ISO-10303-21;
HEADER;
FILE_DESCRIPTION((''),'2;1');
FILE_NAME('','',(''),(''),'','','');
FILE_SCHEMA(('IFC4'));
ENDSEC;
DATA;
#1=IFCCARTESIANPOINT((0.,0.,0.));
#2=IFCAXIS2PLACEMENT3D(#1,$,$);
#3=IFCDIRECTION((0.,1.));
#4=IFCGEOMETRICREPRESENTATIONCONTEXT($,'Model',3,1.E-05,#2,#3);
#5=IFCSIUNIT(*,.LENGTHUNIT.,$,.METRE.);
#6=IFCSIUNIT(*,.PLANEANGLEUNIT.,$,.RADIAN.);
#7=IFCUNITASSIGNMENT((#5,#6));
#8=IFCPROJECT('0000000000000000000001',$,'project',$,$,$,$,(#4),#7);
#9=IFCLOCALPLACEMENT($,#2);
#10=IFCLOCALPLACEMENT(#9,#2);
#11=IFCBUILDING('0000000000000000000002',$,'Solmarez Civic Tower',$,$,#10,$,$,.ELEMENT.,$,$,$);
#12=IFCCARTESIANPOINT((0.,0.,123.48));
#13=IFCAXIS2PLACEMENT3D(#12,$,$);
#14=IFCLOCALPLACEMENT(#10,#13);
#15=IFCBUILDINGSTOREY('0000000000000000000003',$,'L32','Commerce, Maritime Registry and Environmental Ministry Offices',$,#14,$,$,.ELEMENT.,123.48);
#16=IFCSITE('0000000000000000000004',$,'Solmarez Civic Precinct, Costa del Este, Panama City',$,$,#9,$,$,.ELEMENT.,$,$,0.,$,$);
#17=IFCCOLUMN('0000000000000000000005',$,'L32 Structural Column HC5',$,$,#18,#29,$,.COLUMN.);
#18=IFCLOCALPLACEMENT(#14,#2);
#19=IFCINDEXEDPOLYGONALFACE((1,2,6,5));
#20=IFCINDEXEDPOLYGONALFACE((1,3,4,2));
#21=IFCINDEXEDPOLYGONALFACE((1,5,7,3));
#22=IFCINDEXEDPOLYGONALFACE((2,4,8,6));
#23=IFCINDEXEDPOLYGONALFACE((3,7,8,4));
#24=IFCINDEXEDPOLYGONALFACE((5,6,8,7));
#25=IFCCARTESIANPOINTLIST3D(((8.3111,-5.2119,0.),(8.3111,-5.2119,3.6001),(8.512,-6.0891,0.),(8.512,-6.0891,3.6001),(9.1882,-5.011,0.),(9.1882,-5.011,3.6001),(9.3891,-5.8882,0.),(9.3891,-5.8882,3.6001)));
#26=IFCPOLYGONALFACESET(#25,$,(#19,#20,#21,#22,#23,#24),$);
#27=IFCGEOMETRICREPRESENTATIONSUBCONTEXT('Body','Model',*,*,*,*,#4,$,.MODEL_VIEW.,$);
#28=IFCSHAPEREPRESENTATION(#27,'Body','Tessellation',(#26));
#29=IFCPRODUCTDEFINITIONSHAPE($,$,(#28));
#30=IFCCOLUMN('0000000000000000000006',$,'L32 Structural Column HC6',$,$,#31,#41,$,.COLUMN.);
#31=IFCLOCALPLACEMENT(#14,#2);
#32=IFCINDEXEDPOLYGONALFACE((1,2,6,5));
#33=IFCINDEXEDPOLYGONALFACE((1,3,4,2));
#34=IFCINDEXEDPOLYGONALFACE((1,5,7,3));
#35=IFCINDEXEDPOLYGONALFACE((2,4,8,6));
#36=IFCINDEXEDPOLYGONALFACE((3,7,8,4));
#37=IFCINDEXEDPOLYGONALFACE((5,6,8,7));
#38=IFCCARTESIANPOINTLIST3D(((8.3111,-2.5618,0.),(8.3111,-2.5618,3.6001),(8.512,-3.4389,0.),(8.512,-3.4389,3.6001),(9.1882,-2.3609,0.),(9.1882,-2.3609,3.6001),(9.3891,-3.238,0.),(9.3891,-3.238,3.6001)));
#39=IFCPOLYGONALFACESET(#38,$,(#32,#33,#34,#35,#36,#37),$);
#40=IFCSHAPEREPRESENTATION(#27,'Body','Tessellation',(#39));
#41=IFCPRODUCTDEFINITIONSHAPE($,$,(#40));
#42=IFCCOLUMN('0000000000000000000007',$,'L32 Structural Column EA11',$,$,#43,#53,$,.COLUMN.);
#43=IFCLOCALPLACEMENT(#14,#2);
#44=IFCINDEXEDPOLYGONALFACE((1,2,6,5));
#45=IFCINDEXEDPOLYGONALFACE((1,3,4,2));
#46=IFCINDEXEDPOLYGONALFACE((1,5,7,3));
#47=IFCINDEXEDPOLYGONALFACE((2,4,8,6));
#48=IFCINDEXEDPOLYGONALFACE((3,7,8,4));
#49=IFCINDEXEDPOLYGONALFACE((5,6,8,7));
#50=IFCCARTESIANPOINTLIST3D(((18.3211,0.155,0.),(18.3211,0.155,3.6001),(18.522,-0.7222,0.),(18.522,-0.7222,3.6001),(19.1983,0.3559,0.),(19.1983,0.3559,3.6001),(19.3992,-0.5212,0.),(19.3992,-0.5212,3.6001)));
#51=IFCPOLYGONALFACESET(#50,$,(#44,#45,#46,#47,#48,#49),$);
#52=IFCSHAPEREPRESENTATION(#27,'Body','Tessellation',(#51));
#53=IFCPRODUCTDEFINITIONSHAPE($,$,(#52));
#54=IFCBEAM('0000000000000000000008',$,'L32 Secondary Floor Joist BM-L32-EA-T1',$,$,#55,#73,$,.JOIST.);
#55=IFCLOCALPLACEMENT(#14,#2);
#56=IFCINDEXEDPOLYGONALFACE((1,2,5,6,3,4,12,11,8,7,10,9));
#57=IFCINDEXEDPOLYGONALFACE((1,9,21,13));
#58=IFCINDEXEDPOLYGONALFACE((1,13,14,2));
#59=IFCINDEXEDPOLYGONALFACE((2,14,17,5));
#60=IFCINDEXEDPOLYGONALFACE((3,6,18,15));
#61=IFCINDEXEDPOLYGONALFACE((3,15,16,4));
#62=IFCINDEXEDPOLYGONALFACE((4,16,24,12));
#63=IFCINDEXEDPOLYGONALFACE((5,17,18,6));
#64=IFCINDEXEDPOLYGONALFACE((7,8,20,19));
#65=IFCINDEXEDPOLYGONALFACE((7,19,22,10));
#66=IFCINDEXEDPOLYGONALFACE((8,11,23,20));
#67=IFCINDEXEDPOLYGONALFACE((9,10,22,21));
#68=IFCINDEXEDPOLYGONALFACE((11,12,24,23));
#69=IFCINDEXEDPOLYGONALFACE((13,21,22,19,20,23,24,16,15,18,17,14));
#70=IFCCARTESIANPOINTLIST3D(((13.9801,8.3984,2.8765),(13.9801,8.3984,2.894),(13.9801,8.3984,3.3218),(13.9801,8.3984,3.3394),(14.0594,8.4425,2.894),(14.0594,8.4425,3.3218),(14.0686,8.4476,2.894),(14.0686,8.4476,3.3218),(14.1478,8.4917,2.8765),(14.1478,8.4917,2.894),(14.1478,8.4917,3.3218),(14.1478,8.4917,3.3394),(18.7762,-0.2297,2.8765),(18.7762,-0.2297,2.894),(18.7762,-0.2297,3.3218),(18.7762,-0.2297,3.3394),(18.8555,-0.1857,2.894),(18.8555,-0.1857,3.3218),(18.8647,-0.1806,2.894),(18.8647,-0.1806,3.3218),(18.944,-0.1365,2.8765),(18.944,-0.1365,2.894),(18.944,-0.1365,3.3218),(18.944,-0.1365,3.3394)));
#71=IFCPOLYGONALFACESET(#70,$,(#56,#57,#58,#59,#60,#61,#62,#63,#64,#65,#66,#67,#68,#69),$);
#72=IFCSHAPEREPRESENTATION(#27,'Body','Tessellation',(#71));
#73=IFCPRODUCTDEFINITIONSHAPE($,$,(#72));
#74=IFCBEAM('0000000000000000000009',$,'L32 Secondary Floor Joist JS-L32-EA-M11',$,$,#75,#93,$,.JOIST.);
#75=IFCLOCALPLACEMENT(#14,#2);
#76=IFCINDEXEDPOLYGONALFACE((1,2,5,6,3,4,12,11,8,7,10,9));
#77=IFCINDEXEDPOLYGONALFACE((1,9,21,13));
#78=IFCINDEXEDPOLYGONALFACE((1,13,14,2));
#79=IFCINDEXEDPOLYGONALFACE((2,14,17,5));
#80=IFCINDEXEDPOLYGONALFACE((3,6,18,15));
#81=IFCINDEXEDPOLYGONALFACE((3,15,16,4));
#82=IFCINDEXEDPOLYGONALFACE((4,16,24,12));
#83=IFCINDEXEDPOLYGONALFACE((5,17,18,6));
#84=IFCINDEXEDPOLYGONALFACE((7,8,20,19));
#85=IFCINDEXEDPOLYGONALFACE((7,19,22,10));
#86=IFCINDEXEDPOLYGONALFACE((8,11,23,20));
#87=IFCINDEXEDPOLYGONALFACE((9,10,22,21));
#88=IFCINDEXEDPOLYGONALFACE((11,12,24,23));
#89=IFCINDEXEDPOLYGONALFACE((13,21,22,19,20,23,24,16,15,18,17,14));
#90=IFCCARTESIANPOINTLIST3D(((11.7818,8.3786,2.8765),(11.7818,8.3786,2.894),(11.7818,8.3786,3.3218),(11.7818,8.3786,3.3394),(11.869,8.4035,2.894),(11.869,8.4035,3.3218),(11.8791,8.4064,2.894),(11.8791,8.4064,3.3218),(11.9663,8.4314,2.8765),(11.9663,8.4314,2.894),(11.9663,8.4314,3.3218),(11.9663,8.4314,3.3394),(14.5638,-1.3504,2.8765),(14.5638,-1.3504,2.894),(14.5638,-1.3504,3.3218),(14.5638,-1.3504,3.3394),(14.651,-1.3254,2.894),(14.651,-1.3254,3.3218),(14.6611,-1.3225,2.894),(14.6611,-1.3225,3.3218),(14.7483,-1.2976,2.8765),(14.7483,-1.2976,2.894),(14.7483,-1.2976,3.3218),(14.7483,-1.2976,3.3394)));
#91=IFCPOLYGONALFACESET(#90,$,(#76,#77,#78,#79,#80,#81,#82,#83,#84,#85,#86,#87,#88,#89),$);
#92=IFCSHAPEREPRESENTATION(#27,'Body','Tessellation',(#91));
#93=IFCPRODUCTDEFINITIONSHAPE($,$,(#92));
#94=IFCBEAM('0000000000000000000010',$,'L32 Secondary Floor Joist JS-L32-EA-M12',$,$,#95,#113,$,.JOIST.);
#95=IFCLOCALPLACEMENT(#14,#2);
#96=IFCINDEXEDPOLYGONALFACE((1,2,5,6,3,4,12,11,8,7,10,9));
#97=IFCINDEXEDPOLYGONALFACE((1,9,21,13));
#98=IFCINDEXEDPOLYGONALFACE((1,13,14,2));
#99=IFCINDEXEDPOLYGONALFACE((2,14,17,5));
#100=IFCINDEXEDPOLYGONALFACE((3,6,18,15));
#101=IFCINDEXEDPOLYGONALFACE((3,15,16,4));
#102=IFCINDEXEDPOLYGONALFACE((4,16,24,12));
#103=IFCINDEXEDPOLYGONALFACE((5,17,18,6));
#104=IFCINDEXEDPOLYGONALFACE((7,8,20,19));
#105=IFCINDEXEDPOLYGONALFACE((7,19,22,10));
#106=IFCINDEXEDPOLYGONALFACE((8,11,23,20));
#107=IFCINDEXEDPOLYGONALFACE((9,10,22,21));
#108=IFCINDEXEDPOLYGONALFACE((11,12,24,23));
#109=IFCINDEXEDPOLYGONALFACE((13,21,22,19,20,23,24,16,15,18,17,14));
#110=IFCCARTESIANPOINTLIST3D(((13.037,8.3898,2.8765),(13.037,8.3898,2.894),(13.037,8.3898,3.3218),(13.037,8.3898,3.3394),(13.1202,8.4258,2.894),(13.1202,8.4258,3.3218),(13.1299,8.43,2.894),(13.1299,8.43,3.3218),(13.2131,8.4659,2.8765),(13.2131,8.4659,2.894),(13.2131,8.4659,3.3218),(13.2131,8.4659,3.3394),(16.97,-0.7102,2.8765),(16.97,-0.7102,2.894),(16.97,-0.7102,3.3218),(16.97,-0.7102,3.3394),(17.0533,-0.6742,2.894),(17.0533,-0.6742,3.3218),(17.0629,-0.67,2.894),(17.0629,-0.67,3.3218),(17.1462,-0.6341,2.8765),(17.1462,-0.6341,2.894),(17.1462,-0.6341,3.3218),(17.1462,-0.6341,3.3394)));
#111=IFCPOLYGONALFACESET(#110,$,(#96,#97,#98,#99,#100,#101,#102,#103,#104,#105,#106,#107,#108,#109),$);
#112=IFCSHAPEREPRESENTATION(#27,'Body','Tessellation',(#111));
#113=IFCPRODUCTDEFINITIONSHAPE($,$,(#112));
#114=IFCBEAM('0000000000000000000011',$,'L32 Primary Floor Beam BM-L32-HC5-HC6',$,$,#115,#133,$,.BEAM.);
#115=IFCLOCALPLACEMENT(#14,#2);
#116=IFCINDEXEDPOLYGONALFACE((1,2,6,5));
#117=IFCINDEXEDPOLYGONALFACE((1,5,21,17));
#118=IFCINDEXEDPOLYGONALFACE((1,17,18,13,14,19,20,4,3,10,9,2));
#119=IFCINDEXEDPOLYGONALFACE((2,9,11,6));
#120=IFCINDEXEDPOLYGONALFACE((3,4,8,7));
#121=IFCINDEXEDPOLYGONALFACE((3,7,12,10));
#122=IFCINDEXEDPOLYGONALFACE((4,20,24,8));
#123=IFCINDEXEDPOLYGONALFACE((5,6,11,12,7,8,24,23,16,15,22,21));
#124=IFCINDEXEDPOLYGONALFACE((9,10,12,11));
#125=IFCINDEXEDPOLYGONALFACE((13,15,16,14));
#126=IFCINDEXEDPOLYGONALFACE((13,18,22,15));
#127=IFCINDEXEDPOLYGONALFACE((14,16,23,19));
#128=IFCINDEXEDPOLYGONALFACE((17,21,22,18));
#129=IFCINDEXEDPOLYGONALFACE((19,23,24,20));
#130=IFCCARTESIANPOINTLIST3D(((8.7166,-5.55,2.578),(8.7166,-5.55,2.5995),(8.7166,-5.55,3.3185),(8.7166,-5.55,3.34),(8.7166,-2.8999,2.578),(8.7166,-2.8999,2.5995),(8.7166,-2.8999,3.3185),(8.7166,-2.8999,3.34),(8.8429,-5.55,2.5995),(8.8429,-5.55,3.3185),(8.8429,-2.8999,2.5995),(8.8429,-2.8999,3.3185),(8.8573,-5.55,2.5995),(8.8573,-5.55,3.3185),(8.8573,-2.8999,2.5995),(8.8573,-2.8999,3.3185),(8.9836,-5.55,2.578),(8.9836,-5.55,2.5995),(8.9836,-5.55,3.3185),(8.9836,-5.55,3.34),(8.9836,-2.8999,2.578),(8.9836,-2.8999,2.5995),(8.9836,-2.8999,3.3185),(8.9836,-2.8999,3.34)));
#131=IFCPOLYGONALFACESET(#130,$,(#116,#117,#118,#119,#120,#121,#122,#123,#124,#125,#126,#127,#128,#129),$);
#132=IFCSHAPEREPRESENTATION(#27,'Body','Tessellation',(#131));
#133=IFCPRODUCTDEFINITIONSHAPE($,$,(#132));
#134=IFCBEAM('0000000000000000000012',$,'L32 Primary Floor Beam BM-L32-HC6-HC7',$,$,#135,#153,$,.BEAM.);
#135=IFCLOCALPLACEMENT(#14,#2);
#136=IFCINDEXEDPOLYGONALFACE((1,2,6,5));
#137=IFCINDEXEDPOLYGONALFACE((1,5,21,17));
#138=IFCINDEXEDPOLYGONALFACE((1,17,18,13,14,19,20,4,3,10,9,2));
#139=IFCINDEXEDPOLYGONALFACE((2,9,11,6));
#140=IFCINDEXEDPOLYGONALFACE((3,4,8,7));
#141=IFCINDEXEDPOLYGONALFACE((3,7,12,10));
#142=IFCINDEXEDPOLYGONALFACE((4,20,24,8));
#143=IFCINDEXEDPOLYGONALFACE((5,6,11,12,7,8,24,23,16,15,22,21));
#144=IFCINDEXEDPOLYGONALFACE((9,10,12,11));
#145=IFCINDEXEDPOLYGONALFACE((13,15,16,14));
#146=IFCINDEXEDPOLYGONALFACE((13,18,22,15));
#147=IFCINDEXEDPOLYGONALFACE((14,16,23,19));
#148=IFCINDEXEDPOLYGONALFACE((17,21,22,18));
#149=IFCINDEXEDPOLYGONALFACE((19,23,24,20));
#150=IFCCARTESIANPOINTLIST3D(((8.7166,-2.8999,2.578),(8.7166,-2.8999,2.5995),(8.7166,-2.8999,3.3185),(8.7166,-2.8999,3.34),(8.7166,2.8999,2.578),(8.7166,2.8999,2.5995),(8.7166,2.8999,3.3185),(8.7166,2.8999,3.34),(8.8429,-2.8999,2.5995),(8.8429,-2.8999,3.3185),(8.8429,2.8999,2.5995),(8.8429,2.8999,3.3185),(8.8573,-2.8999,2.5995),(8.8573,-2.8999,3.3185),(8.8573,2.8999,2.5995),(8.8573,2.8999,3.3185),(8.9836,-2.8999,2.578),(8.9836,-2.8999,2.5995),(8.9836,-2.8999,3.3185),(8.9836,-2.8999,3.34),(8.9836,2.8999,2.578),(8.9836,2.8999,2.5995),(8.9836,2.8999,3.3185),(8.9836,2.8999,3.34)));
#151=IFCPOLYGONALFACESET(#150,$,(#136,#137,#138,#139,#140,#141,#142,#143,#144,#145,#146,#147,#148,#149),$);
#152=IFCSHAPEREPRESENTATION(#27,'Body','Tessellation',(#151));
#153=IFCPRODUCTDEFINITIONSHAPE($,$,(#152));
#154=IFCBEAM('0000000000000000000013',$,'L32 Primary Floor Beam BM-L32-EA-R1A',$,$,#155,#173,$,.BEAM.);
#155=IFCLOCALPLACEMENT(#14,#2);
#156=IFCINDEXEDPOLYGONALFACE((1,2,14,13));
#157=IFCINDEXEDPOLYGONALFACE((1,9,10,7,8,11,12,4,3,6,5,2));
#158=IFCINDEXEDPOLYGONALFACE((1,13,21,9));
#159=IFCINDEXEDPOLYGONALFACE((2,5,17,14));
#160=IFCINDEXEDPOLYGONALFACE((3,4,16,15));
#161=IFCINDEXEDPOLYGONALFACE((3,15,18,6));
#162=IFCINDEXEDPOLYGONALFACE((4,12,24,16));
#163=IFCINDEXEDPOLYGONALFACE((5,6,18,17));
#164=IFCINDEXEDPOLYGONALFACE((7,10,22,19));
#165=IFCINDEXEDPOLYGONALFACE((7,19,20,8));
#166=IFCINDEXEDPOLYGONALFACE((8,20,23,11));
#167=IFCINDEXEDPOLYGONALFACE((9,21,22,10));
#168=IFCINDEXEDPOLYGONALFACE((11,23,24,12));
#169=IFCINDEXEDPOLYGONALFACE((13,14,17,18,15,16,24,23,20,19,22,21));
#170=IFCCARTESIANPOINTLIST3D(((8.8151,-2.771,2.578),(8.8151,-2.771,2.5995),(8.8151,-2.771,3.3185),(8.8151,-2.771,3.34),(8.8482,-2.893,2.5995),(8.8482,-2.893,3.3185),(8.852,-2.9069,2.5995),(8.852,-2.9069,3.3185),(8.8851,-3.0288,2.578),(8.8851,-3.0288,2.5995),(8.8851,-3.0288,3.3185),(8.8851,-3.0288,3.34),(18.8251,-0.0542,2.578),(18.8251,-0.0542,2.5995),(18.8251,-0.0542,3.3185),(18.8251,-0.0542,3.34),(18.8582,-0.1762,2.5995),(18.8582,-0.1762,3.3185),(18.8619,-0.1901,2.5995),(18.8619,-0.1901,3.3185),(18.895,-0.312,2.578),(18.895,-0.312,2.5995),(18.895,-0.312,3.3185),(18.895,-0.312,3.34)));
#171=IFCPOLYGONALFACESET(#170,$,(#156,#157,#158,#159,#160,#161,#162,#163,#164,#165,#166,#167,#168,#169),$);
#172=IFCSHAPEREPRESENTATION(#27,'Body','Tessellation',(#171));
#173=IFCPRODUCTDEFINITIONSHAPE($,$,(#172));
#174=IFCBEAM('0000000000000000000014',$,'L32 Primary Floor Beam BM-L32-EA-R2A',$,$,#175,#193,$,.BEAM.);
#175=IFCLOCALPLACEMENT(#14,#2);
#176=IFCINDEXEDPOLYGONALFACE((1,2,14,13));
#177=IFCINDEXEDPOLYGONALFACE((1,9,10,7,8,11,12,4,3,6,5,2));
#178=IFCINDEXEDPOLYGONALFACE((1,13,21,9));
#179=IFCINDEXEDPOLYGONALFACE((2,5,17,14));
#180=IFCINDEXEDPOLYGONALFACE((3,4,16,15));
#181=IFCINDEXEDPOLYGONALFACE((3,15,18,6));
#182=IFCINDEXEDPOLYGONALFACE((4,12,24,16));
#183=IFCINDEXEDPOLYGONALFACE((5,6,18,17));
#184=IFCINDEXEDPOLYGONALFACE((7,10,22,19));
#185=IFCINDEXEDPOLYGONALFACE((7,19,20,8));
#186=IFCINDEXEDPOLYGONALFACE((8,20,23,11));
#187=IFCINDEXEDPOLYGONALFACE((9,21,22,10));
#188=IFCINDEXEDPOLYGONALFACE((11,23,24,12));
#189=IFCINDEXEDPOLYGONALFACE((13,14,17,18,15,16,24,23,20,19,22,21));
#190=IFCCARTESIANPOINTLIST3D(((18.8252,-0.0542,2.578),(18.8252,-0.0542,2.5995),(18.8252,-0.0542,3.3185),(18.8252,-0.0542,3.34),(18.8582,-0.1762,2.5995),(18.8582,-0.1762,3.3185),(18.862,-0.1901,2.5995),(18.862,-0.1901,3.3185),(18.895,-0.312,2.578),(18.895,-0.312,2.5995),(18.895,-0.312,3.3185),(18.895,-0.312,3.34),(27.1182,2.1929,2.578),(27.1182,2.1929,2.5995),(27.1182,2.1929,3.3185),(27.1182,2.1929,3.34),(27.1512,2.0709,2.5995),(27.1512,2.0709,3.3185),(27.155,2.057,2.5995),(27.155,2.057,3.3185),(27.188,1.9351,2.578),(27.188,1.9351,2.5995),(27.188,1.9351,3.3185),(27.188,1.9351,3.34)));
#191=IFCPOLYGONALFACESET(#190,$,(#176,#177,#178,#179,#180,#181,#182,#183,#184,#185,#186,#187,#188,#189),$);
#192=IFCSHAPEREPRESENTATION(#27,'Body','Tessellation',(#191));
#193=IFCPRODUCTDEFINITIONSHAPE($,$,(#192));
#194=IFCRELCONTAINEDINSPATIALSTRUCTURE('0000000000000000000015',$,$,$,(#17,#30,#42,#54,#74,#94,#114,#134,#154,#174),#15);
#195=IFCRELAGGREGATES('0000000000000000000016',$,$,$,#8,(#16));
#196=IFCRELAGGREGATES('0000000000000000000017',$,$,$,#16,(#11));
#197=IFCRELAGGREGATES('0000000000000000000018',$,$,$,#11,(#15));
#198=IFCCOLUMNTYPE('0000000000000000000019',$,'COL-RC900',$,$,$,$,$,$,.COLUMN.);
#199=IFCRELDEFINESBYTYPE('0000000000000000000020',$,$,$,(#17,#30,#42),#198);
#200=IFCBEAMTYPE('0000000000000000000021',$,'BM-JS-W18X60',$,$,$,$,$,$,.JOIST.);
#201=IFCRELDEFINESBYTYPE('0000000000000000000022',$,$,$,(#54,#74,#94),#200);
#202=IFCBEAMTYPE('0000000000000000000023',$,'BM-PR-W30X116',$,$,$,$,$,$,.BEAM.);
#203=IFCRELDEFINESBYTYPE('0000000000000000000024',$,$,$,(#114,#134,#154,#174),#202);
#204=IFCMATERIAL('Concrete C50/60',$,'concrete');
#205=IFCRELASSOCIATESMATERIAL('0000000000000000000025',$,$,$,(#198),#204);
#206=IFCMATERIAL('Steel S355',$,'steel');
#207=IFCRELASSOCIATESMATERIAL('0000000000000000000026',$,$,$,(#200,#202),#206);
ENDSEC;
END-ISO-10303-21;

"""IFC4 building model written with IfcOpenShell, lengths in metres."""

from ifc_helpers import new_model, si_unit, direction, frame, origin, origin_2d, place, context, subcontext, project, spatial, rectangle, i_section, extrude, material, material_profile, profile_set, type_object, element, save


model = new_model("IFC4")

# Units and contexts
model_context = context("Model", 3, precision=1e-05, world=origin(), true_north=direction((0.0, 1.0)))
body_context = subcontext(model_context, "Body", "Model", "MODEL_VIEW")
ifc_project = project(units=[si_unit("LENGTHUNIT", "METRE"), si_unit("PLANEANGLEUNIT", "RADIAN")], contexts=[model_context])

# Site, building, storey
site_placement = place(None, origin())
site = spatial("IfcSite", under=ifc_project, at=site_placement, Name="Solmarez Civic Precinct, Costa del Este, Panama City", CompositionType="ELEMENT", RefElevation=0.0)
building_placement = place(site_placement, origin())
building = spatial("IfcBuilding", under=site, at=building_placement, Name="Solmarez Civic Tower", CompositionType="ELEMENT")
storey_placement = place(building_placement, frame((0.0, 0.0, 123.48)))
storey = spatial("IfcBuildingStorey", under=building, at=storey_placement, Name="L32", Description="Commerce, Maritime Registry and Environmental Ministry Offices", CompositionType="ELEMENT", Elevation=123.48)

# Columns
ifc_material_1 = material(Name="Concrete C50/60", Category="concrete")
ifc_material_profile_1 = material_profile(ifc_material_1, rectangle(XDim=0.8999, YDim=0.8999, at=origin_2d()), Name="RC900X900")
ifc_profile_set_1 = profile_set([ifc_material_profile_1], Name="Concrete C50/60")
column_type = type_object("IfcColumnType", Name="COL-RC900", PredefinedType="COLUMN", material=ifc_profile_set_1)
for number, where, z_axis, x_axis, name in (
    (1, (8.8501, -5.55, 0.0), (0.0, 0.0, 1.0), (0.974761, 0.22325, 0.0), "L32 Structural Column HC5"),
    (2, (8.8501, -2.8999, 0.0), (0.0, 0.0, 1.0), (0.974761, 0.22325, 0.0), "L32 Structural Column HC6"),
    (3, (18.8601, -0.1831, 0.0), (0.0, 0.0, 1.0), (0.974761, 0.22325, 0.0), "L32 Structural Column EA11"),
):
    element("IfcColumn", number, at=place(storey_placement, frame(where, z_axis=z_axis, x_axis=x_axis)), inside=storey, type_object=column_type, Name=name, PredefinedType="COLUMN", context=body_context, shape_type="SweptSolid", body=[
        extrude(rectangle(XDim=0.8999, YDim=0.8999, at=origin_2d()), origin(), (0.0, 0.0, 1.0), 3.6001),
    ])

# Beams
ifc_material_2 = material(Name="Steel S355", Category="steel")
ifc_material_profile_2 = material_profile(ifc_material_2, i_section(OverallWidth=0.1919, OverallDepth=0.4629, WebThickness=0.0105, FlangeThickness=0.0176, at=origin_2d()), Name="W18X60")
ifc_profile_set_2 = profile_set([ifc_material_profile_2], Name="Steel S355")
beam_type_1 = type_object("IfcBeamType", Name="BM-JS-W18X60", PredefinedType="JOIST", material=ifc_profile_set_2)
beam_1_placement = place(storey_placement, frame((18.8601, -0.1831, 3.1079), z_axis=(-0.485853, 0.874041, 0.0), x_axis=(-0.874041, -0.485853, 0.0)))
element("IfcBeam", 4, at=beam_1_placement, inside=storey, type_object=beam_type_1, Name="L32 Secondary Floor Joist BM-L32-EA-T1", PredefinedType="JOIST", context=body_context, shape_type="SweptSolid", body=[
    extrude(i_section(OverallWidth=0.1919, OverallDepth=0.4629, WebThickness=0.0105, FlangeThickness=0.0176, at=origin_2d()), origin(), (0.0, 0.0, 1.0), 9.8716),
])
beam_2_placement = place(storey_placement, frame((14.656, -1.324, 3.1079), z_axis=(-0.274928, 0.961465, 0.0), x_axis=(-0.961465, -0.274928, 0.0)))
element("IfcBeam", 5, at=beam_2_placement, inside=storey, type_object=beam_type_1, Name="L32 Secondary Floor Joist JS-L32-EA-M11", PredefinedType="JOIST", context=body_context, shape_type="SweptSolid", body=[
    extrude(i_section(OverallWidth=0.1919, OverallDepth=0.4629, WebThickness=0.0105, FlangeThickness=0.0176, at=origin_2d()), origin(), (0.0, 0.0, 1.0), 10.1189),
])
beam_3_placement = place(storey_placement, frame((17.0581, -0.6721, 3.1079), z_axis=(-0.396735, 0.917933, 0.0), x_axis=(-0.917933, -0.396735, 0.0)))
element("IfcBeam", 6, at=beam_3_placement, inside=storey, type_object=beam_type_1, Name="L32 Secondary Floor Joist JS-L32-EA-M12", PredefinedType="JOIST", context=body_context, shape_type="SweptSolid", body=[
    extrude(i_section(OverallWidth=0.1919, OverallDepth=0.4629, WebThickness=0.0105, FlangeThickness=0.0176, at=origin_2d()), origin(), (0.0, 0.0, 1.0), 9.9136),
])
ifc_material_profile_3 = material_profile(ifc_material_2, i_section(OverallWidth=0.2671, OverallDepth=0.762, WebThickness=0.0144, FlangeThickness=0.0215, at=origin_2d()), Name="W30X116")
ifc_profile_set_3 = profile_set([ifc_material_profile_3], Name="Steel S355")
beam_type_2 = type_object("IfcBeamType", Name="BM-PR-W30X116", PredefinedType="BEAM", material=ifc_profile_set_3)
beam_4_placement = place(storey_placement, frame((8.8501, -5.55, 2.959), z_axis=(0.0, 1.0, 0.0), x_axis=(-1.0, 0.0, 0.0)))
element("IfcBeam", 7, at=beam_4_placement, inside=storey, type_object=beam_type_2, Name="L32 Primary Floor Beam BM-L32-HC5-HC6", PredefinedType="BEAM", context=body_context, shape_type="SweptSolid", body=[
    extrude(i_section(OverallWidth=0.2671, OverallDepth=0.762, WebThickness=0.0144, FlangeThickness=0.0215, at=origin_2d()), origin(), (0.0, 0.0, 1.0), 2.6501),
])
beam_5_placement = place(storey_placement, frame((8.8501, -2.8999, 2.959), z_axis=(0.0, 1.0, 0.0), x_axis=(-1.0, 0.0, 0.0)))
element("IfcBeam", 8, at=beam_5_placement, inside=storey, type_object=beam_type_2, Name="L32 Primary Floor Beam BM-L32-HC6-HC7", PredefinedType="BEAM", context=body_context, shape_type="SweptSolid", body=[
    extrude(i_section(OverallWidth=0.2671, OverallDepth=0.762, WebThickness=0.0144, FlangeThickness=0.0215, at=origin_2d()), origin(), (0.0, 0.0, 1.0), 5.7998),
])
beam_6_placement = place(storey_placement, frame((8.8501, -2.8999, 2.959), z_axis=(0.965086, 0.261932, 0.0), x_axis=(-0.261932, 0.965086, 0.0)))
element("IfcBeam", 9, at=beam_6_placement, inside=storey, type_object=beam_type_2, Name="L32 Primary Floor Beam BM-L32-EA-R1A", PredefinedType="BEAM", context=body_context, shape_type="SweptSolid", body=[
    extrude(i_section(OverallWidth=0.2671, OverallDepth=0.762, WebThickness=0.0144, FlangeThickness=0.0215, at=origin_2d()), origin(), (0.0, 0.0, 1.0), 10.3721),
])
beam_7_placement = place(storey_placement, frame((18.8601, -0.1831, 2.959), z_axis=(0.965195, 0.26153, 0.0), x_axis=(-0.26153, 0.965195, 0.0)))
element("IfcBeam", 10, at=beam_7_placement, inside=storey, type_object=beam_type_2, Name="L32 Primary Floor Beam BM-L32-EA-R2A", PredefinedType="BEAM", context=body_context, shape_type="SweptSolid", body=[
    extrude(i_section(OverallWidth=0.2671, OverallDepth=0.762, WebThickness=0.0144, FlangeThickness=0.0215, at=origin_2d()), origin(), (0.0, 0.0, 1.0), 8.592),
])

save(model, "model.ifc")
